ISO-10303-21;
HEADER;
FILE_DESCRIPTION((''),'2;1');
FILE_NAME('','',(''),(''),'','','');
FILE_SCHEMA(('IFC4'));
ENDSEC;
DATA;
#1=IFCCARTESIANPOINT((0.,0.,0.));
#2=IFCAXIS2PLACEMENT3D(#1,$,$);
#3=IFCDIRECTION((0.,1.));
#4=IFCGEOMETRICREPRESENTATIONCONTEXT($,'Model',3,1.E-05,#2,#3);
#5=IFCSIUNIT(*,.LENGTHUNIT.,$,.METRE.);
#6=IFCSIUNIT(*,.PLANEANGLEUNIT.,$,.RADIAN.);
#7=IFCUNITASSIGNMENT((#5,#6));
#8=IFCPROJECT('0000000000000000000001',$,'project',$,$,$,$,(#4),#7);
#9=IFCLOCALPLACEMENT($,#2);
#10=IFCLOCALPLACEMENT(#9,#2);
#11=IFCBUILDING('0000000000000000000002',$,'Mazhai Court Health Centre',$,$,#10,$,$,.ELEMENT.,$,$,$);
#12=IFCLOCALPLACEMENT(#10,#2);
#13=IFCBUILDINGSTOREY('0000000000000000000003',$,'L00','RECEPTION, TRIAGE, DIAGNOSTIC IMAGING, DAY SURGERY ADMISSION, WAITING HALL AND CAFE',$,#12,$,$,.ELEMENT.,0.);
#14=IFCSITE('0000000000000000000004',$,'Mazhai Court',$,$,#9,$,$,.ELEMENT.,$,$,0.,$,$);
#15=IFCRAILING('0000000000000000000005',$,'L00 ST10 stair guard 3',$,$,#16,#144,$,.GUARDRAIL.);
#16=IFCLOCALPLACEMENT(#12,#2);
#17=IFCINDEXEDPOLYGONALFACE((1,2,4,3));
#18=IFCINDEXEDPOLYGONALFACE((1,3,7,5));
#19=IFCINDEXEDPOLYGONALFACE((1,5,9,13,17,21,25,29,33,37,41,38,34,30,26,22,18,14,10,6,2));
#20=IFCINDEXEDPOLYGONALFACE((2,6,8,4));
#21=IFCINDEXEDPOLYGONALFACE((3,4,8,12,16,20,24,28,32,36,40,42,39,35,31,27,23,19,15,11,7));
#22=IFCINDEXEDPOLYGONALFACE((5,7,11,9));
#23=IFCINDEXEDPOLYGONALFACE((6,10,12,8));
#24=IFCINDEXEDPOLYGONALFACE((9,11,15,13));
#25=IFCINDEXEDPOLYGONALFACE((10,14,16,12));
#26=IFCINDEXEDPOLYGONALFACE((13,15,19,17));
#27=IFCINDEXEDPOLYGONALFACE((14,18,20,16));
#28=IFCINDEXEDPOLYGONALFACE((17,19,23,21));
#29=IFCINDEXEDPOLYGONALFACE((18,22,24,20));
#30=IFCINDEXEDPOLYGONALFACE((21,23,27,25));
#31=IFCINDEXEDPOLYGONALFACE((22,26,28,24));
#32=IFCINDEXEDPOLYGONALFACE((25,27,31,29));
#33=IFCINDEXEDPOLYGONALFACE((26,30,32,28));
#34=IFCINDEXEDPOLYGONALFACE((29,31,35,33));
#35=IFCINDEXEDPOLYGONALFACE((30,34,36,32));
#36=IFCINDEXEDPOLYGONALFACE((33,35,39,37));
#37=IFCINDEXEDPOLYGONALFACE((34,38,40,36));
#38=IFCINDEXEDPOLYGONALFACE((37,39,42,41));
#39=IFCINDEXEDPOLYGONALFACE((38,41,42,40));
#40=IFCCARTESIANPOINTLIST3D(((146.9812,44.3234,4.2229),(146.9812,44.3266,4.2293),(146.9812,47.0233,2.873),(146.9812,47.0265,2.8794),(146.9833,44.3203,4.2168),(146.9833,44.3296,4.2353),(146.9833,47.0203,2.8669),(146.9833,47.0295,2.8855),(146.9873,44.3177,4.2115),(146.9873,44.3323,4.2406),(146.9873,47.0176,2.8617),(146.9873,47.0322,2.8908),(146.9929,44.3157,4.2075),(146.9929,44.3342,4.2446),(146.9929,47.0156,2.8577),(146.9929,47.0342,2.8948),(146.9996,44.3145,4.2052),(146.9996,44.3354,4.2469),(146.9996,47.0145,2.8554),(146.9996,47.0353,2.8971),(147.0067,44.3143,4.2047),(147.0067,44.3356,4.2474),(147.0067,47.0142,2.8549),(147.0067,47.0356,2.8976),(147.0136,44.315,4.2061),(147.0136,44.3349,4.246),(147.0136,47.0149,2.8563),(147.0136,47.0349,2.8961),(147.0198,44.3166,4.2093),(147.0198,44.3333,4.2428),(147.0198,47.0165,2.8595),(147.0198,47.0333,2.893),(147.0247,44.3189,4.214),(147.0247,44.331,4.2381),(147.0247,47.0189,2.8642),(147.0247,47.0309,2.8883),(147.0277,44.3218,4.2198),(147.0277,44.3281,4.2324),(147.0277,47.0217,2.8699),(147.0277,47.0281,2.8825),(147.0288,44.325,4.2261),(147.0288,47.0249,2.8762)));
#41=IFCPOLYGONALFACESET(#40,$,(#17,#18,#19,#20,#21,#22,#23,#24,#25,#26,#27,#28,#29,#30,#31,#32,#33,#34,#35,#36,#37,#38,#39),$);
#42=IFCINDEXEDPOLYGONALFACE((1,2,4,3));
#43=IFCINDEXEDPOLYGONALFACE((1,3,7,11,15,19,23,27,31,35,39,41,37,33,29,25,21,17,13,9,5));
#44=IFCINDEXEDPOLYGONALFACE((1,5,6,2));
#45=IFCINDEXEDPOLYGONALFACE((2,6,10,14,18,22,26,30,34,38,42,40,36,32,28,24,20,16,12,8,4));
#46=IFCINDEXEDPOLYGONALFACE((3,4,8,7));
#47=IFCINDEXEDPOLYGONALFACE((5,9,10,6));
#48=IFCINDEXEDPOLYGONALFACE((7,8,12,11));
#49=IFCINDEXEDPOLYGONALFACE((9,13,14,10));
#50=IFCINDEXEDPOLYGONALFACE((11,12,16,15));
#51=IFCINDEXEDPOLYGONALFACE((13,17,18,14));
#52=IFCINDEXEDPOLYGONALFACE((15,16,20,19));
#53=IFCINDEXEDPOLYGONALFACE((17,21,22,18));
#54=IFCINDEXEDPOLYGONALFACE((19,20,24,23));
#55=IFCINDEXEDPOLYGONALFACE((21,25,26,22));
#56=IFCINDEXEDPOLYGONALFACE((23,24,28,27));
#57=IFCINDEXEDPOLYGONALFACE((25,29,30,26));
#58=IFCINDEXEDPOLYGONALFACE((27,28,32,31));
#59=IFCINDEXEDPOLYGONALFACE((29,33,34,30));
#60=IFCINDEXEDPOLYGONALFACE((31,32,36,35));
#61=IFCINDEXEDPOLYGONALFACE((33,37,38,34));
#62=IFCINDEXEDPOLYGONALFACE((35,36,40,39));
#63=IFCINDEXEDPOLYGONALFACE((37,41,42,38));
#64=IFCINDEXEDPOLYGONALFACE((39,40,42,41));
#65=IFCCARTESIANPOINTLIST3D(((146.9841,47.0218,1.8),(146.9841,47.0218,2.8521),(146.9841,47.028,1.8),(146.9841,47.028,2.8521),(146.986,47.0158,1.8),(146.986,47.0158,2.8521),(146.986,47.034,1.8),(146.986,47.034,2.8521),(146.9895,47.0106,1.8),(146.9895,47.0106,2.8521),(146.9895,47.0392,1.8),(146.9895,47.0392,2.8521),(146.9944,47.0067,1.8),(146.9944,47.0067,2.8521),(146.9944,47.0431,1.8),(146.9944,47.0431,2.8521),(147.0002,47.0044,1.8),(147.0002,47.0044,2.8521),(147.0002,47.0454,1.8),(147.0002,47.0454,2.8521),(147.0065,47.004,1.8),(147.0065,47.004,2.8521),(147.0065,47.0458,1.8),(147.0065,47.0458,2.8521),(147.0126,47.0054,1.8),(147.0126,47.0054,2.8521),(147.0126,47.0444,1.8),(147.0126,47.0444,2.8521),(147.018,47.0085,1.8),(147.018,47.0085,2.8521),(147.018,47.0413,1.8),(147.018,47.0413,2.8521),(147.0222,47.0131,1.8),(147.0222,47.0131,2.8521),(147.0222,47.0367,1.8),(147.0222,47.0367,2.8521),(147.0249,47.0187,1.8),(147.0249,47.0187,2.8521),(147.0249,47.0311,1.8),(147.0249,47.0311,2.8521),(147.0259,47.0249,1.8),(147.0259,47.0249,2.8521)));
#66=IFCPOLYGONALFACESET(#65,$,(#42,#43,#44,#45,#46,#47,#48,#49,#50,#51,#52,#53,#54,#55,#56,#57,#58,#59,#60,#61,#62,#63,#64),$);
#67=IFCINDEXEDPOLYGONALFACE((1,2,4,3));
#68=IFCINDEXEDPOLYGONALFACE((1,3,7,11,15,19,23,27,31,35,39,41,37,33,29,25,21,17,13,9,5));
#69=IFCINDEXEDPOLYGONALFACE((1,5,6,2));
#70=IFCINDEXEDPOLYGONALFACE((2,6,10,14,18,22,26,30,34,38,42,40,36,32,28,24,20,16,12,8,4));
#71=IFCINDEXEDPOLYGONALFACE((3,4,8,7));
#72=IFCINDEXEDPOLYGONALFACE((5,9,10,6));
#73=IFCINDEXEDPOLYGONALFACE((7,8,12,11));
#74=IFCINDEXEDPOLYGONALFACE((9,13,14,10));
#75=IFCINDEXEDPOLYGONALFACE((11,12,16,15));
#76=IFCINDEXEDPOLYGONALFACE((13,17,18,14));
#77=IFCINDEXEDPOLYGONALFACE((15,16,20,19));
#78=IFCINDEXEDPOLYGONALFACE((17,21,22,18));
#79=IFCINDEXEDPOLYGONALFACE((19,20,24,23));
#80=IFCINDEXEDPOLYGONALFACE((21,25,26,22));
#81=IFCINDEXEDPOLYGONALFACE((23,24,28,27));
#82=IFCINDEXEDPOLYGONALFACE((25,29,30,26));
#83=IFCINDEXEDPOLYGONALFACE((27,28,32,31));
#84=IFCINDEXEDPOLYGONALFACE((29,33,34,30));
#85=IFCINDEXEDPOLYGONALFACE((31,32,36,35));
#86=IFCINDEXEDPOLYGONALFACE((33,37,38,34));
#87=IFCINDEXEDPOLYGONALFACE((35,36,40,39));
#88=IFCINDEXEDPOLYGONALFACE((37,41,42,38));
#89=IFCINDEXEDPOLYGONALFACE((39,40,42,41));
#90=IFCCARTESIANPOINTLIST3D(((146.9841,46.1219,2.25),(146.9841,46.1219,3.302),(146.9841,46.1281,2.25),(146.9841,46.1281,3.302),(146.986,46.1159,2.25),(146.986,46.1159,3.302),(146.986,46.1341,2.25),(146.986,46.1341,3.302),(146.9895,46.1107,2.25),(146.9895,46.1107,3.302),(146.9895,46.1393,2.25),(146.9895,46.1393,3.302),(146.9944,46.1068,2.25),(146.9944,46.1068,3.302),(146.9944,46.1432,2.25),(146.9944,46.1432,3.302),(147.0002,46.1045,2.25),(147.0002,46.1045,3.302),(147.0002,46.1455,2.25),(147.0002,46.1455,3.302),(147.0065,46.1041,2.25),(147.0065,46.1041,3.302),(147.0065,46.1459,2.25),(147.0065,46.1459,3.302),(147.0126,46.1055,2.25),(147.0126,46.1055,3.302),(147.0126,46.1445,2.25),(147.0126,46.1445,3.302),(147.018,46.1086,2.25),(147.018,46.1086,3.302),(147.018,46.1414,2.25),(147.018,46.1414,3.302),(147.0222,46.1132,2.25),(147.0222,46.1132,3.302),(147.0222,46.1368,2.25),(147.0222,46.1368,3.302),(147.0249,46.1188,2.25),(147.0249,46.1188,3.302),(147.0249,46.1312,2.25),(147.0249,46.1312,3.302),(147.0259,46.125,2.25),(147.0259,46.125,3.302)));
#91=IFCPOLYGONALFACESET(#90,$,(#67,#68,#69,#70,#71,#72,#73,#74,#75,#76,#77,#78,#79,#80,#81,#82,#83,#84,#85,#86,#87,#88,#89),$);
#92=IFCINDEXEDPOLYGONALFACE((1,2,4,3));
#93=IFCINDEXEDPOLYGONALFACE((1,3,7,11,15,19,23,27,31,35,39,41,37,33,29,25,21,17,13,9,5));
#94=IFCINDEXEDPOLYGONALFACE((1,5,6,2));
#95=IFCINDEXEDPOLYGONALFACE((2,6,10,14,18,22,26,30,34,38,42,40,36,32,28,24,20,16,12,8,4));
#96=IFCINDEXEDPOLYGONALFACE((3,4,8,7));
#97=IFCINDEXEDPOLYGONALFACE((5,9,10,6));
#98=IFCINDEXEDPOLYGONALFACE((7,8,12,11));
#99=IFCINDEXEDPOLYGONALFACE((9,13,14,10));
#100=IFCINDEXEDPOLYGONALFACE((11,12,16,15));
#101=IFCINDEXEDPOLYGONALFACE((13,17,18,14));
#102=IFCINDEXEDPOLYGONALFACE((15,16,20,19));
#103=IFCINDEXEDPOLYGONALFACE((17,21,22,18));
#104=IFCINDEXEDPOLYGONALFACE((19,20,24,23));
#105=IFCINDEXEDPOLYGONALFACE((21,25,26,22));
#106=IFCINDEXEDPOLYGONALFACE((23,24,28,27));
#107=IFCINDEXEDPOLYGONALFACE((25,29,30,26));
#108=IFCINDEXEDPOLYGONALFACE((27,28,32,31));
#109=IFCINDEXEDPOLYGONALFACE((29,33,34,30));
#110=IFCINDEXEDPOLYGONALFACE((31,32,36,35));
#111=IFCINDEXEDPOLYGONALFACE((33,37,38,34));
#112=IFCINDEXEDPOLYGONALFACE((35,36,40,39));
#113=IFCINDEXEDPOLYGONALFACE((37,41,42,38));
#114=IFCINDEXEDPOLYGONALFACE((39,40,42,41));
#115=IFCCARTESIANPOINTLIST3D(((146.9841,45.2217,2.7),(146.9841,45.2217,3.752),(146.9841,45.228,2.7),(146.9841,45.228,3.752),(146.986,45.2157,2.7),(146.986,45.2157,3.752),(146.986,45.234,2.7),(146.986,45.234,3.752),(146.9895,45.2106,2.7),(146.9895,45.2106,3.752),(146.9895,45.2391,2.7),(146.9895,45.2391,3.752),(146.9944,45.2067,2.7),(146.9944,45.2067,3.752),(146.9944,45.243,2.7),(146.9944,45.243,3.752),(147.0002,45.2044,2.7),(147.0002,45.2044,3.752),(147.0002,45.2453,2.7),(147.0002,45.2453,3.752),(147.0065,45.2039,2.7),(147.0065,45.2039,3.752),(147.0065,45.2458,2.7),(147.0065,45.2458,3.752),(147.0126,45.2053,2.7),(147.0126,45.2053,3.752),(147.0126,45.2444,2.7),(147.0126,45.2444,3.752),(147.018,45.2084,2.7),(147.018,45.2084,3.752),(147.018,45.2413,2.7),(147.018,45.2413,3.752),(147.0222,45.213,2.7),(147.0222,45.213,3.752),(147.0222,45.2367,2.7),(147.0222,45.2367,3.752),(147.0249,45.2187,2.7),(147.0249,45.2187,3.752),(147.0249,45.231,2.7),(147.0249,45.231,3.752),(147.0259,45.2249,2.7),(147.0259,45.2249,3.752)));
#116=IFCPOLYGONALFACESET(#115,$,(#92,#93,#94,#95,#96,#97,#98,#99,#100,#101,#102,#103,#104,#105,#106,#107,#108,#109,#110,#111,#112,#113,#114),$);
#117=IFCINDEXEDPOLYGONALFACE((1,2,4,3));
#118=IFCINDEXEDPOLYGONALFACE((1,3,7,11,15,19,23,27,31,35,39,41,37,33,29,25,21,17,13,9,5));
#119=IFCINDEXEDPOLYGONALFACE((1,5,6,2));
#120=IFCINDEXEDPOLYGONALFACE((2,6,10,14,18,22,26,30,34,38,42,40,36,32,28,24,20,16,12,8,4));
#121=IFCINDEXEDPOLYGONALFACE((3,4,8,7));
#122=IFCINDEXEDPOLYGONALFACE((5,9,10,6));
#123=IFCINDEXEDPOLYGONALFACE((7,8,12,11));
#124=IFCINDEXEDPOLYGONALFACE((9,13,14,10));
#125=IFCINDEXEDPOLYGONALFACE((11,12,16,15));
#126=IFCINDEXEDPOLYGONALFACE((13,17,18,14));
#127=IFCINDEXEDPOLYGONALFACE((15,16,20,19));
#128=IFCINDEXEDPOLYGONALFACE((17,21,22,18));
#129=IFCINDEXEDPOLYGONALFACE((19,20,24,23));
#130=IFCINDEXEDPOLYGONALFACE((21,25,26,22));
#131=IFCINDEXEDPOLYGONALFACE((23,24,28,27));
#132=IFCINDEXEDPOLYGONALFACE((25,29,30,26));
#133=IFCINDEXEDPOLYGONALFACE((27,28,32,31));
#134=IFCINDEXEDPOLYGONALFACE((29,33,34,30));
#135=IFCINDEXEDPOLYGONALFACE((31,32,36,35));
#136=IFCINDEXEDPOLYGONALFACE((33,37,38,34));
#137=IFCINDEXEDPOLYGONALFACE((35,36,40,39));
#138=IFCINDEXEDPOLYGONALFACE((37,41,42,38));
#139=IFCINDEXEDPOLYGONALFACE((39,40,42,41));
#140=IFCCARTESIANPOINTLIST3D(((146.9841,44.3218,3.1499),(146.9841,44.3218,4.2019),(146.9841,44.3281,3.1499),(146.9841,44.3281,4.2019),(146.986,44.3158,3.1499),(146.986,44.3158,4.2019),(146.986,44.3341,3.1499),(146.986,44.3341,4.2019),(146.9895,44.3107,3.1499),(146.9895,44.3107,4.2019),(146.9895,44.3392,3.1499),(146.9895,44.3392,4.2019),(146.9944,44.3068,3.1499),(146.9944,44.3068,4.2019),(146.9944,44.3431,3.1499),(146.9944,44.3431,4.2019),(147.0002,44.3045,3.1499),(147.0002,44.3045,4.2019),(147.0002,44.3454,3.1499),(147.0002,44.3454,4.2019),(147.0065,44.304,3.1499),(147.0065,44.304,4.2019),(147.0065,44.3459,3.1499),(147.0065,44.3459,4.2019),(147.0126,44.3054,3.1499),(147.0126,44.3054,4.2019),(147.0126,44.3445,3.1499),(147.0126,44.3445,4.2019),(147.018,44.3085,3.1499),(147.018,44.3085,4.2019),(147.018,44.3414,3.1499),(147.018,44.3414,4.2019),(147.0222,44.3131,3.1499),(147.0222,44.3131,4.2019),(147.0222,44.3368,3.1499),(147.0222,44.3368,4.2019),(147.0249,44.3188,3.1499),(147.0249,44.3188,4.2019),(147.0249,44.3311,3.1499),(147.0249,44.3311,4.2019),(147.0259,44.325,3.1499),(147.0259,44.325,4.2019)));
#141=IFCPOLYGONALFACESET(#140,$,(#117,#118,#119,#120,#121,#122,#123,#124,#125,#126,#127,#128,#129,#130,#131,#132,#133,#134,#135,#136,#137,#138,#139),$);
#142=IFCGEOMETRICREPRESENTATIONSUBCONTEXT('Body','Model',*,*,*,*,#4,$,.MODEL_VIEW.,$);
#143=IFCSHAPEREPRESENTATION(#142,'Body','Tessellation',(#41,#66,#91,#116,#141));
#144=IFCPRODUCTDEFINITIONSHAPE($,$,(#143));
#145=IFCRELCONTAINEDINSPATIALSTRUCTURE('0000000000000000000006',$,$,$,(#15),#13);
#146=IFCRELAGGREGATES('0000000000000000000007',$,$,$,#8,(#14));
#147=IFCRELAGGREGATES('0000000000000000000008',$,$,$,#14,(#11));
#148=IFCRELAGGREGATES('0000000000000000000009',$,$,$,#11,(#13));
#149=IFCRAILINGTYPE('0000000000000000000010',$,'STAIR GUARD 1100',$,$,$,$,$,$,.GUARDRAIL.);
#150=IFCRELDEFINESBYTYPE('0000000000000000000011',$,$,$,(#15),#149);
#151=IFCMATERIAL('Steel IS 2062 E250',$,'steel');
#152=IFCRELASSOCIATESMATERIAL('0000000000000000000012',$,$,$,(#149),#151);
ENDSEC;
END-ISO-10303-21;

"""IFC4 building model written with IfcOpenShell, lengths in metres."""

from ifc_helpers import new_model, si_unit, direction, frame, origin, origin_2d, place, context, subcontext, project, spatial, circle, extrude, material, type_object, element, save


model = new_model("IFC4")

# Units and contexts
model_context = context("Model", 3, precision=1e-05, world=origin(), true_north=direction((0.0, 1.0)))
body_context = subcontext(model_context, "Body", "Model", "MODEL_VIEW")
ifc_project = project(units=[si_unit("LENGTHUNIT", "METRE"), si_unit("PLANEANGLEUNIT", "RADIAN")], contexts=[model_context])

# Site, building, storey
site_placement = place(None, origin())
site = spatial("IfcSite", under=ifc_project, at=site_placement, Name="Mazhai Court", CompositionType="ELEMENT", RefElevation=0.0)
building_placement = place(site_placement, origin())
building = spatial("IfcBuilding", under=site, at=building_placement, Name="Mazhai Court Health Centre", CompositionType="ELEMENT")
storey_placement = place(building_placement, origin())
storey = spatial("IfcBuildingStorey", under=building, at=storey_placement, Name="L00", Description="RECEPTION, TRIAGE, DIAGNOSTIC IMAGING, DAY SURGERY ADMISSION, WAITING HALL AND CAFE", CompositionType="ELEMENT", Elevation=0.0)

# Railing
ifc_material_1 = material(Name="Steel IS 2062 E250", Category="steel")
railing_type_1 = type_object("IfcRailingType", Name="STAIR GUARD 1100", PredefinedType="GUARDRAIL", material=ifc_material_1)
railing_1_placement = place(storey_placement, frame((147.0049, 47.0249, 1.8)))
element("IfcRailing", 1, at=railing_1_placement, inside=storey, type_object=railing_type_1, Name="L00 ST10 stair guard 3", PredefinedType="GUARDRAIL", context=body_context, shape_type="SweptSolid", body=[
    extrude(circle(Radius=0.0239, at=origin_2d()), frame((0.0, 0.0, 1.0762), z_axis=(0.0, -0.894443, 0.447181), x_axis=(1.0, 0.0, 0.0)), (0.0, 0.0, 1.0), 3.0186),
    extrude(circle(Radius=0.021, at=origin_2d()), origin(), (0.0, 0.0, 1.0), 1.052),
    extrude(circle(Radius=0.021, at=origin_2d()), frame((0.0, -0.8999, 0.45)), (0.0, 0.0, 1.0), 1.052),
    extrude(circle(Radius=0.021, at=origin_2d()), frame((0.0, -1.8, 0.8999)), (0.0, 0.0, 1.0), 1.052),
    extrude(circle(Radius=0.021, at=origin_2d()), frame((0.0, -2.7, 1.3499)), (0.0, 0.0, 1.0), 1.052),
])

save(model, "model.ifc")
